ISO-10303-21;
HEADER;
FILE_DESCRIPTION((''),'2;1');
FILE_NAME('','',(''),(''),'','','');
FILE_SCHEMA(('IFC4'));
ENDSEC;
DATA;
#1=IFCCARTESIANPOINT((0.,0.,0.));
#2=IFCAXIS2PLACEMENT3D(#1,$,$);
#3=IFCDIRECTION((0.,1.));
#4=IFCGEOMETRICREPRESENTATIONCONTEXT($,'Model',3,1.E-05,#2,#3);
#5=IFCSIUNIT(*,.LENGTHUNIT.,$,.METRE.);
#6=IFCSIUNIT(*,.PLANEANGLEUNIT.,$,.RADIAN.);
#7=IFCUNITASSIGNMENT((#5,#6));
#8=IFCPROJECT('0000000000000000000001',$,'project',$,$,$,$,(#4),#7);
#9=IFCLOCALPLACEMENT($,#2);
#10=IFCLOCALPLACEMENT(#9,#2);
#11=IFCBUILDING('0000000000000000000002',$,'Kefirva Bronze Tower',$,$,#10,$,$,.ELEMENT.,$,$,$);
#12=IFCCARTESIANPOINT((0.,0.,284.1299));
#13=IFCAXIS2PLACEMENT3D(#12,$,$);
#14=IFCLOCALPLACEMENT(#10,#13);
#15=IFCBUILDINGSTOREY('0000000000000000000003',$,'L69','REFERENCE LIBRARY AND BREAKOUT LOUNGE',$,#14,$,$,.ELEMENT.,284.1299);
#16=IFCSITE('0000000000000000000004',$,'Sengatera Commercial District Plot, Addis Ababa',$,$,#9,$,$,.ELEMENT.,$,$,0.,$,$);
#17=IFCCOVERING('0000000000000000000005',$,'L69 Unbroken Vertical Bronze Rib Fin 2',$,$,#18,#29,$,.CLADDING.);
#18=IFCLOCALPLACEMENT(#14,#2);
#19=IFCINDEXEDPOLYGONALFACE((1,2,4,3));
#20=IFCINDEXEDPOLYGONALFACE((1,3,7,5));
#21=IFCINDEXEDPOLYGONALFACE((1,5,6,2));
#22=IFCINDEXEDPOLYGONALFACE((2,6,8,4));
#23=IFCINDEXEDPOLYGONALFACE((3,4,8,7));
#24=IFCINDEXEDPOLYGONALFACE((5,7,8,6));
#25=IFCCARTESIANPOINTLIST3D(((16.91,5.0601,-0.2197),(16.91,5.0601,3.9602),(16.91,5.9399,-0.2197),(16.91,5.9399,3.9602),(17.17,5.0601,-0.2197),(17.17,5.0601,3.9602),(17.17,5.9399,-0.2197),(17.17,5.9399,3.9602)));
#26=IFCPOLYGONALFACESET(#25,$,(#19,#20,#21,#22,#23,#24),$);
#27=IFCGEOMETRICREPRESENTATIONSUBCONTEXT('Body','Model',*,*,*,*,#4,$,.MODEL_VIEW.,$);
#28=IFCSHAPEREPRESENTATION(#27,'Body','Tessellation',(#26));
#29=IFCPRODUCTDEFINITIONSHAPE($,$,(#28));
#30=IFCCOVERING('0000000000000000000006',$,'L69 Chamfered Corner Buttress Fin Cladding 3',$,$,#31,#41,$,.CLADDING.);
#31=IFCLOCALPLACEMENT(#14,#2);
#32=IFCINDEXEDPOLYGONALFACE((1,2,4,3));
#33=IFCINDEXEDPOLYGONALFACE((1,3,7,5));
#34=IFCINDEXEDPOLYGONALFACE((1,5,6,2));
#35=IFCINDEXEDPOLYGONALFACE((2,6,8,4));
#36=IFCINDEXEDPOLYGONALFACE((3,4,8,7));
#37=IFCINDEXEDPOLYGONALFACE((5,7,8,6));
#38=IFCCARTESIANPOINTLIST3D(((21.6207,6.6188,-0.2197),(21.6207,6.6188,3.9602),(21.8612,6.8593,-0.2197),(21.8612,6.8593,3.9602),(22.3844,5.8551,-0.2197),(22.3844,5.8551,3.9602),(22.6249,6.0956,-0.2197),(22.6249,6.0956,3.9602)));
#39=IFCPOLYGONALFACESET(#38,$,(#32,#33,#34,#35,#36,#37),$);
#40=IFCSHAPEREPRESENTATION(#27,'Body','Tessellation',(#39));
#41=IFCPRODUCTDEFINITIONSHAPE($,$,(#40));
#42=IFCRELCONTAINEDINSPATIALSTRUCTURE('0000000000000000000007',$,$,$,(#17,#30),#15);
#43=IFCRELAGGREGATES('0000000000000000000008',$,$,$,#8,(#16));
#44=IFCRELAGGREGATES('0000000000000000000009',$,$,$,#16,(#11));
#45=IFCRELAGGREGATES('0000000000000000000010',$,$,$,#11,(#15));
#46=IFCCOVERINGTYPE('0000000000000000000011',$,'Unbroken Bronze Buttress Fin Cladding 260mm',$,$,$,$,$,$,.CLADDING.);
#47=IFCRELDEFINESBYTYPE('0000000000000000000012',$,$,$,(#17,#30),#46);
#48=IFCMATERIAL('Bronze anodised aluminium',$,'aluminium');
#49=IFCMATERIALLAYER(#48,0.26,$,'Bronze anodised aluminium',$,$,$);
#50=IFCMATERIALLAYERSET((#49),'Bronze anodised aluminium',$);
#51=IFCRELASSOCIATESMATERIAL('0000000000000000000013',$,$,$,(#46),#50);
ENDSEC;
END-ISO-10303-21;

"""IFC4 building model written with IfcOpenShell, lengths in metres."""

from ifc_helpers import new_model, si_unit, direction, frame, origin, origin_2d, place, context, subcontext, project, spatial, rectangle, extrude, material, layer, layer_set, type_object, element, save


model = new_model("IFC4")

# Units and contexts
model_context = context("Model", 3, precision=1e-05, world=origin(), true_north=direction((0.0, 1.0)))
body_context = subcontext(model_context, "Body", "Model", "MODEL_VIEW")
ifc_project = project(units=[si_unit("LENGTHUNIT", "METRE"), si_unit("PLANEANGLEUNIT", "RADIAN")], contexts=[model_context])

# Site, building, storey
site_placement = place(None, origin())
site = spatial("IfcSite", under=ifc_project, at=site_placement, Name="Sengatera Commercial District Plot, Addis Ababa", CompositionType="ELEMENT", RefElevation=0.0)
building_placement = place(site_placement, origin())
building = spatial("IfcBuilding", under=site, at=building_placement, Name="Kefirva Bronze Tower", CompositionType="ELEMENT")
storey_placement = place(building_placement, frame((0.0, 0.0, 284.1299)))
storey = spatial("IfcBuildingStorey", under=building, at=storey_placement, Name="L69", Description="REFERENCE LIBRARY AND BREAKOUT LOUNGE", CompositionType="ELEMENT", Elevation=284.1299)

# Shared definitions
ifc_material_1 = material(Name="Bronze anodised aluminium", Category="aluminium")

# Coverings
ifc_layer_1 = layer(ifc_material_1, 0.26, Name="Bronze anodised aluminium")
ifc_layer_set_1 = layer_set([ifc_layer_1], Name="Bronze anodised aluminium")
covering_type_1 = type_object("IfcCoveringType", Name="Unbroken Bronze Buttress Fin Cladding 260mm", PredefinedType="CLADDING", material=ifc_layer_set_1)
covering_1_placement = place(storey_placement, frame((17.04, 5.5, -0.2197), z_axis=(0.0, 0.0, 1.0), x_axis=(1.0, 0.0, 0.0)))
element("IfcCovering", 1, at=covering_1_placement, inside=storey, type_object=covering_type_1, Name="L69 Unbroken Vertical Bronze Rib Fin 2", PredefinedType="CLADDING", context=body_context, shape_type="SweptSolid", body=[
    extrude(rectangle(XDim=0.26, YDim=0.8799, at=origin_2d()), origin(), (0.0, 0.0, 1.0), 4.1799),
])
covering_2_placement = place(storey_placement, frame((22.1228, 6.3572, -0.2197), z_axis=(0.0, 0.0, 1.0), x_axis=(0.707107, 0.707107, 0.0)))
element("IfcCovering", 2, at=covering_2_placement, inside=storey, type_object=covering_type_1, Name="L69 Chamfered Corner Buttress Fin Cladding 3", PredefinedType="CLADDING", context=body_context, shape_type="SweptSolid", body=[
    extrude(rectangle(XDim=0.3401, YDim=1.0801, at=origin_2d()), origin(), (0.0, 0.0, 1.0), 4.1799),
])

save(model, "model.ifc")
